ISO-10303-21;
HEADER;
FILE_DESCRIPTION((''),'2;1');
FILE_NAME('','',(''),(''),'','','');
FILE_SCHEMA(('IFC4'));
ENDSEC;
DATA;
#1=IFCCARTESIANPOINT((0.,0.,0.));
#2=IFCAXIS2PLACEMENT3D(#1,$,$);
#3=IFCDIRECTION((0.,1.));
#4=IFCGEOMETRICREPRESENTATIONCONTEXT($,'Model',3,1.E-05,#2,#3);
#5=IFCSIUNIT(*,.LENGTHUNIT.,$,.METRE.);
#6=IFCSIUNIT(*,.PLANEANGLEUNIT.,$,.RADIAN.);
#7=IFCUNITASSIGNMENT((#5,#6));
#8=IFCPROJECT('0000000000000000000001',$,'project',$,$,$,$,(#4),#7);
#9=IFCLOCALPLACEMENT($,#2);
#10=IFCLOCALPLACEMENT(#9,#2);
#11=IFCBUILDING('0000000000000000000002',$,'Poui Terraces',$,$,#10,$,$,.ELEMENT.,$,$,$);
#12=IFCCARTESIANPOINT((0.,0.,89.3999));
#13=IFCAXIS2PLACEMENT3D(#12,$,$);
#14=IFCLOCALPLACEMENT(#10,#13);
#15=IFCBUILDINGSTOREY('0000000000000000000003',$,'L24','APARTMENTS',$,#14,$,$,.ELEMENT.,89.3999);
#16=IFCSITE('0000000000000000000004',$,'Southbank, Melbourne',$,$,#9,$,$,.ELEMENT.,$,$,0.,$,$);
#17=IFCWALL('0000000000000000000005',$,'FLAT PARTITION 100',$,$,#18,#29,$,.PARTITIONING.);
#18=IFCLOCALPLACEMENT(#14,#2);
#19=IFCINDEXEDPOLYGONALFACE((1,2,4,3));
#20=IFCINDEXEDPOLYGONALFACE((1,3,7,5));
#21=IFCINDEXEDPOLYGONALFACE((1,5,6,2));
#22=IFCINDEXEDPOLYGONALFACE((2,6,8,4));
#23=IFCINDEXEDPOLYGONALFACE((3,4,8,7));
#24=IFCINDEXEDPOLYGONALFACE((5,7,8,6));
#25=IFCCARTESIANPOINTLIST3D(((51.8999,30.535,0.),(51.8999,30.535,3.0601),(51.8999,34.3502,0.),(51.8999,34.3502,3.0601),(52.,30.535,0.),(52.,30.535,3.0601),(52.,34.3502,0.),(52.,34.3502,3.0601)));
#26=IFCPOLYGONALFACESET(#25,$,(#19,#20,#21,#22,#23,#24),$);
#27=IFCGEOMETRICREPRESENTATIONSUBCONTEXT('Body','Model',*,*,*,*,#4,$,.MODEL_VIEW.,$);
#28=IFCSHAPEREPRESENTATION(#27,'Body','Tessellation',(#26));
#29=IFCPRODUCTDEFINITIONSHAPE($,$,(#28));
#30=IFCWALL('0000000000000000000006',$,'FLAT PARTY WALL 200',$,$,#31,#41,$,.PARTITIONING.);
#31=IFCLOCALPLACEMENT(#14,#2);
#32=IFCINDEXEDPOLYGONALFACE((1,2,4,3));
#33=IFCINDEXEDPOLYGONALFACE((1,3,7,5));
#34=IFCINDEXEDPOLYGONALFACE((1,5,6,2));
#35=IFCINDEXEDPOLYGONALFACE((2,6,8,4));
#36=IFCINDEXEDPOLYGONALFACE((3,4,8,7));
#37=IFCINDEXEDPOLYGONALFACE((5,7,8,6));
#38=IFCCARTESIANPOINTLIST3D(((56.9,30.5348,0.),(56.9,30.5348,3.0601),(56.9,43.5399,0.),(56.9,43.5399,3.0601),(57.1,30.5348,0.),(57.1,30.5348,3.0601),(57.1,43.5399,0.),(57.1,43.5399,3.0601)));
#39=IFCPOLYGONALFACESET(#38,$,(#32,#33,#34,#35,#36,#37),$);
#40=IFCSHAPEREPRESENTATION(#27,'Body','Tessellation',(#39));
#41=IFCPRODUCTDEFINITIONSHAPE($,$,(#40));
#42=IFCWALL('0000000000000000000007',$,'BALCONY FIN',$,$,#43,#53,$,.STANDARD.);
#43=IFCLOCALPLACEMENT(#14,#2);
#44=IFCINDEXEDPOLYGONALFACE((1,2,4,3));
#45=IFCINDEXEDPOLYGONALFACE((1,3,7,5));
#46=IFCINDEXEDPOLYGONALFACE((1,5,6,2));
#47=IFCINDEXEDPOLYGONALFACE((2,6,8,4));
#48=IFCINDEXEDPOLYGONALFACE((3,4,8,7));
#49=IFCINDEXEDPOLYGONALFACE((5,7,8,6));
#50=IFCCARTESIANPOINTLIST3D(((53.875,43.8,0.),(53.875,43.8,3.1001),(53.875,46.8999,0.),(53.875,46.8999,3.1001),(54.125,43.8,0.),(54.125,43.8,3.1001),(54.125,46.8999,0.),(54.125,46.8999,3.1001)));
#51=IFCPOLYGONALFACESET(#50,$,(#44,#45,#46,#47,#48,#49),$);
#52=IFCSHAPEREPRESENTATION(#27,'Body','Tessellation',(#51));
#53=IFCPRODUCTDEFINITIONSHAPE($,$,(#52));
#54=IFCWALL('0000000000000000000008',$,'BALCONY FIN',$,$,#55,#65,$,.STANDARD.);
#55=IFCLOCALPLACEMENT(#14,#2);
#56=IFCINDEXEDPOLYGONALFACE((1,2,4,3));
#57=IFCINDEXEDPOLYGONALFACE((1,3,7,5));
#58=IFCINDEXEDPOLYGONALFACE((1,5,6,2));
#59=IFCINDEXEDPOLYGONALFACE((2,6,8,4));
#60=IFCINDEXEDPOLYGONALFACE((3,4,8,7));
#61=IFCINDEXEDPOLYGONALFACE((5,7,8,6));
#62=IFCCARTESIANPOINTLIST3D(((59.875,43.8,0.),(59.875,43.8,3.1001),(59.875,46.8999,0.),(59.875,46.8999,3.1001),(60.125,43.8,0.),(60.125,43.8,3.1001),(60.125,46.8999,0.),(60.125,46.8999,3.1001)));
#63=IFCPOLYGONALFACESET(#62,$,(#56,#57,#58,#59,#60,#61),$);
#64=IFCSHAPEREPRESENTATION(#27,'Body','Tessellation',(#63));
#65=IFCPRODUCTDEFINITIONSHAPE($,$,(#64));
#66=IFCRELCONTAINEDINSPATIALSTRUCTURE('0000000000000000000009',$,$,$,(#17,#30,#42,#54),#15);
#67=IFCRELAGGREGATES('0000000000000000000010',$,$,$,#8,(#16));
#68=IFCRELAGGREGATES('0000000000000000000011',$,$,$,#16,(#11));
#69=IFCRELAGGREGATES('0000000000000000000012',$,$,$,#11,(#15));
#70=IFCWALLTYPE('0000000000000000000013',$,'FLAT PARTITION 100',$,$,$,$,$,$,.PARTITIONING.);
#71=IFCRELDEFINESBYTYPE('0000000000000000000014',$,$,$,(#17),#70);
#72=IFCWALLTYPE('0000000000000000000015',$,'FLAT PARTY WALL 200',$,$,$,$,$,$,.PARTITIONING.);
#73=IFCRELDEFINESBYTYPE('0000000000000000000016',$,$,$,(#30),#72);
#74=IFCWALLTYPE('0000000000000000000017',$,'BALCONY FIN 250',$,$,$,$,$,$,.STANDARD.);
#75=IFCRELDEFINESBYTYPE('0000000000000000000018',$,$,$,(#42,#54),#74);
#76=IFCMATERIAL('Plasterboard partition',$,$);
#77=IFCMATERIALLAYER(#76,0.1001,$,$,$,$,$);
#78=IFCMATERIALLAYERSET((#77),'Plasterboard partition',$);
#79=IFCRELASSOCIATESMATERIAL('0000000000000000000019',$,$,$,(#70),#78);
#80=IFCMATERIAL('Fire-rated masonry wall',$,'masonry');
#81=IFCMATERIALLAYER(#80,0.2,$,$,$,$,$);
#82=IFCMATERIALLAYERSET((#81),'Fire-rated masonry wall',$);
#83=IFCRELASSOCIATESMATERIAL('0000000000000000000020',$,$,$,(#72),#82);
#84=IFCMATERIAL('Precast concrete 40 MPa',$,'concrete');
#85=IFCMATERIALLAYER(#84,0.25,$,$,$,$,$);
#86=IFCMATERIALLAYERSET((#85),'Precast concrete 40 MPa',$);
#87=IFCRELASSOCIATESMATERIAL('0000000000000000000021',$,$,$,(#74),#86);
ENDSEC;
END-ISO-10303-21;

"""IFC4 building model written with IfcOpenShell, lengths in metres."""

from ifc_helpers import new_model, si_unit, direction, frame, frame_2d, origin, place, context, subcontext, project, spatial, polyline, rectangle, outline, extrude, source, transform, mapped, material, layer, layer_set, type_object, element, save


model = new_model("IFC4")

# Units and contexts
model_context = context("Model", 3, precision=1e-05, world=origin(), true_north=direction((0.0, 1.0)))
body_context = subcontext(model_context, "Body", "Model", "MODEL_VIEW")
ifc_project = project(units=[si_unit("LENGTHUNIT", "METRE"), si_unit("PLANEANGLEUNIT", "RADIAN")], contexts=[model_context])

# Site, building, storey
site_placement = place(None, origin())
site = spatial("IfcSite", under=ifc_project, at=site_placement, Name="Southbank, Melbourne", CompositionType="ELEMENT", RefElevation=0.0)
building_placement = place(site_placement, origin())
building = spatial("IfcBuilding", under=site, at=building_placement, Name="Poui Terraces", CompositionType="ELEMENT")
storey_placement = place(building_placement, frame((0.0, 0.0, 89.3999)))
storey = spatial("IfcBuildingStorey", under=building, at=storey_placement, Name="L24", Description="APARTMENTS", CompositionType="ELEMENT", Elevation=89.3999)

# Shared definitions
ifc_material_1 = material(Name="Plasterboard partition")
ifc_layer_1 = layer(ifc_material_1, 0.1001)
ifc_layer_set_1 = layer_set([ifc_layer_1], Name="Plasterboard partition")
wall_type_1 = type_object("IfcWallType", Name="FLAT PARTITION 100", PredefinedType="PARTITIONING", material=ifc_layer_set_1)

# Walls
wall_1_placement = place(storey_placement, frame((51.95, 30.5349, 0.0), z_axis=(0.0, 0.0, 1.0), x_axis=(0.0, 1.0, 0.0)))
element("IfcWall", 1, at=wall_1_placement, inside=storey, type_object=wall_type_1, Name="FLAT PARTITION 100", PredefinedType="PARTITIONING", context=body_context, shape_type="SweptSolid", body=[
    extrude(rectangle(XDim=3.8152, YDim=0.1001, at=frame_2d((1.9077, 0.0))), origin(), (0.0, 0.0, 1.0), 3.0601),
])
ifc_material_2 = material(Name="Fire-rated masonry wall", Category="masonry")
ifc_layer_2 = layer(ifc_material_2, 0.2)
ifc_layer_set_2 = layer_set([ifc_layer_2], Name="Fire-rated masonry wall")
wall_type_2 = type_object("IfcWallType", Name="FLAT PARTY WALL 200", PredefinedType="PARTITIONING", material=ifc_layer_set_2)
wall_2_placement = place(storey_placement, frame((57.0, 30.5349, 0.0), z_axis=(0.0, 0.0, 1.0), x_axis=(0.0, 1.0, 0.0)))
element("IfcWall", 2, at=wall_2_placement, inside=storey, type_object=wall_type_2, Name="FLAT PARTY WALL 200", PredefinedType="PARTITIONING", context=body_context, shape_type="SweptSolid", body=[
    extrude(rectangle(XDim=13.0051, YDim=0.2, at=frame_2d((6.5024, 0.0))), origin(), (0.0, 0.0, 1.0), 3.0601),
])
ifc_material_3 = material(Name="Precast concrete 40 MPa", Category="concrete")
ifc_layer_3 = layer(ifc_material_3, 0.25)
ifc_layer_set_3 = layer_set([ifc_layer_3], Name="Precast concrete 40 MPa")
wall_type_3 = type_object("IfcWallType", Name="BALCONY FIN 250", PredefinedType="STANDARD", material=ifc_layer_set_3)
shared_shape_1 = source(origin(), body_context, "Body", "SweptSolid", [
    extrude(outline(polyline([(0.0, 0.0), (0.25, 0.0), (0.25, 3.0999), (0.0, 3.0999), (0.0, 0.0)])), origin(), (0.0, 0.0, 1.0), 3.1001),
])
for number, where, name in (
    (3, (53.875, 43.8, 0.0), "BALCONY FIN"),
    (4, (59.875, 43.8, 0.0), "BALCONY FIN"),
):
    element("IfcWall", number, at=place(storey_placement, frame(where)), inside=storey, type_object=wall_type_3, Name=name, PredefinedType="STANDARD", context=body_context, shape_type="MappedRepresentation", body=[
        mapped(shared_shape_1, transform((0.0, 0.0, 0.0))),
    ])

save(model, "model.ifc")
